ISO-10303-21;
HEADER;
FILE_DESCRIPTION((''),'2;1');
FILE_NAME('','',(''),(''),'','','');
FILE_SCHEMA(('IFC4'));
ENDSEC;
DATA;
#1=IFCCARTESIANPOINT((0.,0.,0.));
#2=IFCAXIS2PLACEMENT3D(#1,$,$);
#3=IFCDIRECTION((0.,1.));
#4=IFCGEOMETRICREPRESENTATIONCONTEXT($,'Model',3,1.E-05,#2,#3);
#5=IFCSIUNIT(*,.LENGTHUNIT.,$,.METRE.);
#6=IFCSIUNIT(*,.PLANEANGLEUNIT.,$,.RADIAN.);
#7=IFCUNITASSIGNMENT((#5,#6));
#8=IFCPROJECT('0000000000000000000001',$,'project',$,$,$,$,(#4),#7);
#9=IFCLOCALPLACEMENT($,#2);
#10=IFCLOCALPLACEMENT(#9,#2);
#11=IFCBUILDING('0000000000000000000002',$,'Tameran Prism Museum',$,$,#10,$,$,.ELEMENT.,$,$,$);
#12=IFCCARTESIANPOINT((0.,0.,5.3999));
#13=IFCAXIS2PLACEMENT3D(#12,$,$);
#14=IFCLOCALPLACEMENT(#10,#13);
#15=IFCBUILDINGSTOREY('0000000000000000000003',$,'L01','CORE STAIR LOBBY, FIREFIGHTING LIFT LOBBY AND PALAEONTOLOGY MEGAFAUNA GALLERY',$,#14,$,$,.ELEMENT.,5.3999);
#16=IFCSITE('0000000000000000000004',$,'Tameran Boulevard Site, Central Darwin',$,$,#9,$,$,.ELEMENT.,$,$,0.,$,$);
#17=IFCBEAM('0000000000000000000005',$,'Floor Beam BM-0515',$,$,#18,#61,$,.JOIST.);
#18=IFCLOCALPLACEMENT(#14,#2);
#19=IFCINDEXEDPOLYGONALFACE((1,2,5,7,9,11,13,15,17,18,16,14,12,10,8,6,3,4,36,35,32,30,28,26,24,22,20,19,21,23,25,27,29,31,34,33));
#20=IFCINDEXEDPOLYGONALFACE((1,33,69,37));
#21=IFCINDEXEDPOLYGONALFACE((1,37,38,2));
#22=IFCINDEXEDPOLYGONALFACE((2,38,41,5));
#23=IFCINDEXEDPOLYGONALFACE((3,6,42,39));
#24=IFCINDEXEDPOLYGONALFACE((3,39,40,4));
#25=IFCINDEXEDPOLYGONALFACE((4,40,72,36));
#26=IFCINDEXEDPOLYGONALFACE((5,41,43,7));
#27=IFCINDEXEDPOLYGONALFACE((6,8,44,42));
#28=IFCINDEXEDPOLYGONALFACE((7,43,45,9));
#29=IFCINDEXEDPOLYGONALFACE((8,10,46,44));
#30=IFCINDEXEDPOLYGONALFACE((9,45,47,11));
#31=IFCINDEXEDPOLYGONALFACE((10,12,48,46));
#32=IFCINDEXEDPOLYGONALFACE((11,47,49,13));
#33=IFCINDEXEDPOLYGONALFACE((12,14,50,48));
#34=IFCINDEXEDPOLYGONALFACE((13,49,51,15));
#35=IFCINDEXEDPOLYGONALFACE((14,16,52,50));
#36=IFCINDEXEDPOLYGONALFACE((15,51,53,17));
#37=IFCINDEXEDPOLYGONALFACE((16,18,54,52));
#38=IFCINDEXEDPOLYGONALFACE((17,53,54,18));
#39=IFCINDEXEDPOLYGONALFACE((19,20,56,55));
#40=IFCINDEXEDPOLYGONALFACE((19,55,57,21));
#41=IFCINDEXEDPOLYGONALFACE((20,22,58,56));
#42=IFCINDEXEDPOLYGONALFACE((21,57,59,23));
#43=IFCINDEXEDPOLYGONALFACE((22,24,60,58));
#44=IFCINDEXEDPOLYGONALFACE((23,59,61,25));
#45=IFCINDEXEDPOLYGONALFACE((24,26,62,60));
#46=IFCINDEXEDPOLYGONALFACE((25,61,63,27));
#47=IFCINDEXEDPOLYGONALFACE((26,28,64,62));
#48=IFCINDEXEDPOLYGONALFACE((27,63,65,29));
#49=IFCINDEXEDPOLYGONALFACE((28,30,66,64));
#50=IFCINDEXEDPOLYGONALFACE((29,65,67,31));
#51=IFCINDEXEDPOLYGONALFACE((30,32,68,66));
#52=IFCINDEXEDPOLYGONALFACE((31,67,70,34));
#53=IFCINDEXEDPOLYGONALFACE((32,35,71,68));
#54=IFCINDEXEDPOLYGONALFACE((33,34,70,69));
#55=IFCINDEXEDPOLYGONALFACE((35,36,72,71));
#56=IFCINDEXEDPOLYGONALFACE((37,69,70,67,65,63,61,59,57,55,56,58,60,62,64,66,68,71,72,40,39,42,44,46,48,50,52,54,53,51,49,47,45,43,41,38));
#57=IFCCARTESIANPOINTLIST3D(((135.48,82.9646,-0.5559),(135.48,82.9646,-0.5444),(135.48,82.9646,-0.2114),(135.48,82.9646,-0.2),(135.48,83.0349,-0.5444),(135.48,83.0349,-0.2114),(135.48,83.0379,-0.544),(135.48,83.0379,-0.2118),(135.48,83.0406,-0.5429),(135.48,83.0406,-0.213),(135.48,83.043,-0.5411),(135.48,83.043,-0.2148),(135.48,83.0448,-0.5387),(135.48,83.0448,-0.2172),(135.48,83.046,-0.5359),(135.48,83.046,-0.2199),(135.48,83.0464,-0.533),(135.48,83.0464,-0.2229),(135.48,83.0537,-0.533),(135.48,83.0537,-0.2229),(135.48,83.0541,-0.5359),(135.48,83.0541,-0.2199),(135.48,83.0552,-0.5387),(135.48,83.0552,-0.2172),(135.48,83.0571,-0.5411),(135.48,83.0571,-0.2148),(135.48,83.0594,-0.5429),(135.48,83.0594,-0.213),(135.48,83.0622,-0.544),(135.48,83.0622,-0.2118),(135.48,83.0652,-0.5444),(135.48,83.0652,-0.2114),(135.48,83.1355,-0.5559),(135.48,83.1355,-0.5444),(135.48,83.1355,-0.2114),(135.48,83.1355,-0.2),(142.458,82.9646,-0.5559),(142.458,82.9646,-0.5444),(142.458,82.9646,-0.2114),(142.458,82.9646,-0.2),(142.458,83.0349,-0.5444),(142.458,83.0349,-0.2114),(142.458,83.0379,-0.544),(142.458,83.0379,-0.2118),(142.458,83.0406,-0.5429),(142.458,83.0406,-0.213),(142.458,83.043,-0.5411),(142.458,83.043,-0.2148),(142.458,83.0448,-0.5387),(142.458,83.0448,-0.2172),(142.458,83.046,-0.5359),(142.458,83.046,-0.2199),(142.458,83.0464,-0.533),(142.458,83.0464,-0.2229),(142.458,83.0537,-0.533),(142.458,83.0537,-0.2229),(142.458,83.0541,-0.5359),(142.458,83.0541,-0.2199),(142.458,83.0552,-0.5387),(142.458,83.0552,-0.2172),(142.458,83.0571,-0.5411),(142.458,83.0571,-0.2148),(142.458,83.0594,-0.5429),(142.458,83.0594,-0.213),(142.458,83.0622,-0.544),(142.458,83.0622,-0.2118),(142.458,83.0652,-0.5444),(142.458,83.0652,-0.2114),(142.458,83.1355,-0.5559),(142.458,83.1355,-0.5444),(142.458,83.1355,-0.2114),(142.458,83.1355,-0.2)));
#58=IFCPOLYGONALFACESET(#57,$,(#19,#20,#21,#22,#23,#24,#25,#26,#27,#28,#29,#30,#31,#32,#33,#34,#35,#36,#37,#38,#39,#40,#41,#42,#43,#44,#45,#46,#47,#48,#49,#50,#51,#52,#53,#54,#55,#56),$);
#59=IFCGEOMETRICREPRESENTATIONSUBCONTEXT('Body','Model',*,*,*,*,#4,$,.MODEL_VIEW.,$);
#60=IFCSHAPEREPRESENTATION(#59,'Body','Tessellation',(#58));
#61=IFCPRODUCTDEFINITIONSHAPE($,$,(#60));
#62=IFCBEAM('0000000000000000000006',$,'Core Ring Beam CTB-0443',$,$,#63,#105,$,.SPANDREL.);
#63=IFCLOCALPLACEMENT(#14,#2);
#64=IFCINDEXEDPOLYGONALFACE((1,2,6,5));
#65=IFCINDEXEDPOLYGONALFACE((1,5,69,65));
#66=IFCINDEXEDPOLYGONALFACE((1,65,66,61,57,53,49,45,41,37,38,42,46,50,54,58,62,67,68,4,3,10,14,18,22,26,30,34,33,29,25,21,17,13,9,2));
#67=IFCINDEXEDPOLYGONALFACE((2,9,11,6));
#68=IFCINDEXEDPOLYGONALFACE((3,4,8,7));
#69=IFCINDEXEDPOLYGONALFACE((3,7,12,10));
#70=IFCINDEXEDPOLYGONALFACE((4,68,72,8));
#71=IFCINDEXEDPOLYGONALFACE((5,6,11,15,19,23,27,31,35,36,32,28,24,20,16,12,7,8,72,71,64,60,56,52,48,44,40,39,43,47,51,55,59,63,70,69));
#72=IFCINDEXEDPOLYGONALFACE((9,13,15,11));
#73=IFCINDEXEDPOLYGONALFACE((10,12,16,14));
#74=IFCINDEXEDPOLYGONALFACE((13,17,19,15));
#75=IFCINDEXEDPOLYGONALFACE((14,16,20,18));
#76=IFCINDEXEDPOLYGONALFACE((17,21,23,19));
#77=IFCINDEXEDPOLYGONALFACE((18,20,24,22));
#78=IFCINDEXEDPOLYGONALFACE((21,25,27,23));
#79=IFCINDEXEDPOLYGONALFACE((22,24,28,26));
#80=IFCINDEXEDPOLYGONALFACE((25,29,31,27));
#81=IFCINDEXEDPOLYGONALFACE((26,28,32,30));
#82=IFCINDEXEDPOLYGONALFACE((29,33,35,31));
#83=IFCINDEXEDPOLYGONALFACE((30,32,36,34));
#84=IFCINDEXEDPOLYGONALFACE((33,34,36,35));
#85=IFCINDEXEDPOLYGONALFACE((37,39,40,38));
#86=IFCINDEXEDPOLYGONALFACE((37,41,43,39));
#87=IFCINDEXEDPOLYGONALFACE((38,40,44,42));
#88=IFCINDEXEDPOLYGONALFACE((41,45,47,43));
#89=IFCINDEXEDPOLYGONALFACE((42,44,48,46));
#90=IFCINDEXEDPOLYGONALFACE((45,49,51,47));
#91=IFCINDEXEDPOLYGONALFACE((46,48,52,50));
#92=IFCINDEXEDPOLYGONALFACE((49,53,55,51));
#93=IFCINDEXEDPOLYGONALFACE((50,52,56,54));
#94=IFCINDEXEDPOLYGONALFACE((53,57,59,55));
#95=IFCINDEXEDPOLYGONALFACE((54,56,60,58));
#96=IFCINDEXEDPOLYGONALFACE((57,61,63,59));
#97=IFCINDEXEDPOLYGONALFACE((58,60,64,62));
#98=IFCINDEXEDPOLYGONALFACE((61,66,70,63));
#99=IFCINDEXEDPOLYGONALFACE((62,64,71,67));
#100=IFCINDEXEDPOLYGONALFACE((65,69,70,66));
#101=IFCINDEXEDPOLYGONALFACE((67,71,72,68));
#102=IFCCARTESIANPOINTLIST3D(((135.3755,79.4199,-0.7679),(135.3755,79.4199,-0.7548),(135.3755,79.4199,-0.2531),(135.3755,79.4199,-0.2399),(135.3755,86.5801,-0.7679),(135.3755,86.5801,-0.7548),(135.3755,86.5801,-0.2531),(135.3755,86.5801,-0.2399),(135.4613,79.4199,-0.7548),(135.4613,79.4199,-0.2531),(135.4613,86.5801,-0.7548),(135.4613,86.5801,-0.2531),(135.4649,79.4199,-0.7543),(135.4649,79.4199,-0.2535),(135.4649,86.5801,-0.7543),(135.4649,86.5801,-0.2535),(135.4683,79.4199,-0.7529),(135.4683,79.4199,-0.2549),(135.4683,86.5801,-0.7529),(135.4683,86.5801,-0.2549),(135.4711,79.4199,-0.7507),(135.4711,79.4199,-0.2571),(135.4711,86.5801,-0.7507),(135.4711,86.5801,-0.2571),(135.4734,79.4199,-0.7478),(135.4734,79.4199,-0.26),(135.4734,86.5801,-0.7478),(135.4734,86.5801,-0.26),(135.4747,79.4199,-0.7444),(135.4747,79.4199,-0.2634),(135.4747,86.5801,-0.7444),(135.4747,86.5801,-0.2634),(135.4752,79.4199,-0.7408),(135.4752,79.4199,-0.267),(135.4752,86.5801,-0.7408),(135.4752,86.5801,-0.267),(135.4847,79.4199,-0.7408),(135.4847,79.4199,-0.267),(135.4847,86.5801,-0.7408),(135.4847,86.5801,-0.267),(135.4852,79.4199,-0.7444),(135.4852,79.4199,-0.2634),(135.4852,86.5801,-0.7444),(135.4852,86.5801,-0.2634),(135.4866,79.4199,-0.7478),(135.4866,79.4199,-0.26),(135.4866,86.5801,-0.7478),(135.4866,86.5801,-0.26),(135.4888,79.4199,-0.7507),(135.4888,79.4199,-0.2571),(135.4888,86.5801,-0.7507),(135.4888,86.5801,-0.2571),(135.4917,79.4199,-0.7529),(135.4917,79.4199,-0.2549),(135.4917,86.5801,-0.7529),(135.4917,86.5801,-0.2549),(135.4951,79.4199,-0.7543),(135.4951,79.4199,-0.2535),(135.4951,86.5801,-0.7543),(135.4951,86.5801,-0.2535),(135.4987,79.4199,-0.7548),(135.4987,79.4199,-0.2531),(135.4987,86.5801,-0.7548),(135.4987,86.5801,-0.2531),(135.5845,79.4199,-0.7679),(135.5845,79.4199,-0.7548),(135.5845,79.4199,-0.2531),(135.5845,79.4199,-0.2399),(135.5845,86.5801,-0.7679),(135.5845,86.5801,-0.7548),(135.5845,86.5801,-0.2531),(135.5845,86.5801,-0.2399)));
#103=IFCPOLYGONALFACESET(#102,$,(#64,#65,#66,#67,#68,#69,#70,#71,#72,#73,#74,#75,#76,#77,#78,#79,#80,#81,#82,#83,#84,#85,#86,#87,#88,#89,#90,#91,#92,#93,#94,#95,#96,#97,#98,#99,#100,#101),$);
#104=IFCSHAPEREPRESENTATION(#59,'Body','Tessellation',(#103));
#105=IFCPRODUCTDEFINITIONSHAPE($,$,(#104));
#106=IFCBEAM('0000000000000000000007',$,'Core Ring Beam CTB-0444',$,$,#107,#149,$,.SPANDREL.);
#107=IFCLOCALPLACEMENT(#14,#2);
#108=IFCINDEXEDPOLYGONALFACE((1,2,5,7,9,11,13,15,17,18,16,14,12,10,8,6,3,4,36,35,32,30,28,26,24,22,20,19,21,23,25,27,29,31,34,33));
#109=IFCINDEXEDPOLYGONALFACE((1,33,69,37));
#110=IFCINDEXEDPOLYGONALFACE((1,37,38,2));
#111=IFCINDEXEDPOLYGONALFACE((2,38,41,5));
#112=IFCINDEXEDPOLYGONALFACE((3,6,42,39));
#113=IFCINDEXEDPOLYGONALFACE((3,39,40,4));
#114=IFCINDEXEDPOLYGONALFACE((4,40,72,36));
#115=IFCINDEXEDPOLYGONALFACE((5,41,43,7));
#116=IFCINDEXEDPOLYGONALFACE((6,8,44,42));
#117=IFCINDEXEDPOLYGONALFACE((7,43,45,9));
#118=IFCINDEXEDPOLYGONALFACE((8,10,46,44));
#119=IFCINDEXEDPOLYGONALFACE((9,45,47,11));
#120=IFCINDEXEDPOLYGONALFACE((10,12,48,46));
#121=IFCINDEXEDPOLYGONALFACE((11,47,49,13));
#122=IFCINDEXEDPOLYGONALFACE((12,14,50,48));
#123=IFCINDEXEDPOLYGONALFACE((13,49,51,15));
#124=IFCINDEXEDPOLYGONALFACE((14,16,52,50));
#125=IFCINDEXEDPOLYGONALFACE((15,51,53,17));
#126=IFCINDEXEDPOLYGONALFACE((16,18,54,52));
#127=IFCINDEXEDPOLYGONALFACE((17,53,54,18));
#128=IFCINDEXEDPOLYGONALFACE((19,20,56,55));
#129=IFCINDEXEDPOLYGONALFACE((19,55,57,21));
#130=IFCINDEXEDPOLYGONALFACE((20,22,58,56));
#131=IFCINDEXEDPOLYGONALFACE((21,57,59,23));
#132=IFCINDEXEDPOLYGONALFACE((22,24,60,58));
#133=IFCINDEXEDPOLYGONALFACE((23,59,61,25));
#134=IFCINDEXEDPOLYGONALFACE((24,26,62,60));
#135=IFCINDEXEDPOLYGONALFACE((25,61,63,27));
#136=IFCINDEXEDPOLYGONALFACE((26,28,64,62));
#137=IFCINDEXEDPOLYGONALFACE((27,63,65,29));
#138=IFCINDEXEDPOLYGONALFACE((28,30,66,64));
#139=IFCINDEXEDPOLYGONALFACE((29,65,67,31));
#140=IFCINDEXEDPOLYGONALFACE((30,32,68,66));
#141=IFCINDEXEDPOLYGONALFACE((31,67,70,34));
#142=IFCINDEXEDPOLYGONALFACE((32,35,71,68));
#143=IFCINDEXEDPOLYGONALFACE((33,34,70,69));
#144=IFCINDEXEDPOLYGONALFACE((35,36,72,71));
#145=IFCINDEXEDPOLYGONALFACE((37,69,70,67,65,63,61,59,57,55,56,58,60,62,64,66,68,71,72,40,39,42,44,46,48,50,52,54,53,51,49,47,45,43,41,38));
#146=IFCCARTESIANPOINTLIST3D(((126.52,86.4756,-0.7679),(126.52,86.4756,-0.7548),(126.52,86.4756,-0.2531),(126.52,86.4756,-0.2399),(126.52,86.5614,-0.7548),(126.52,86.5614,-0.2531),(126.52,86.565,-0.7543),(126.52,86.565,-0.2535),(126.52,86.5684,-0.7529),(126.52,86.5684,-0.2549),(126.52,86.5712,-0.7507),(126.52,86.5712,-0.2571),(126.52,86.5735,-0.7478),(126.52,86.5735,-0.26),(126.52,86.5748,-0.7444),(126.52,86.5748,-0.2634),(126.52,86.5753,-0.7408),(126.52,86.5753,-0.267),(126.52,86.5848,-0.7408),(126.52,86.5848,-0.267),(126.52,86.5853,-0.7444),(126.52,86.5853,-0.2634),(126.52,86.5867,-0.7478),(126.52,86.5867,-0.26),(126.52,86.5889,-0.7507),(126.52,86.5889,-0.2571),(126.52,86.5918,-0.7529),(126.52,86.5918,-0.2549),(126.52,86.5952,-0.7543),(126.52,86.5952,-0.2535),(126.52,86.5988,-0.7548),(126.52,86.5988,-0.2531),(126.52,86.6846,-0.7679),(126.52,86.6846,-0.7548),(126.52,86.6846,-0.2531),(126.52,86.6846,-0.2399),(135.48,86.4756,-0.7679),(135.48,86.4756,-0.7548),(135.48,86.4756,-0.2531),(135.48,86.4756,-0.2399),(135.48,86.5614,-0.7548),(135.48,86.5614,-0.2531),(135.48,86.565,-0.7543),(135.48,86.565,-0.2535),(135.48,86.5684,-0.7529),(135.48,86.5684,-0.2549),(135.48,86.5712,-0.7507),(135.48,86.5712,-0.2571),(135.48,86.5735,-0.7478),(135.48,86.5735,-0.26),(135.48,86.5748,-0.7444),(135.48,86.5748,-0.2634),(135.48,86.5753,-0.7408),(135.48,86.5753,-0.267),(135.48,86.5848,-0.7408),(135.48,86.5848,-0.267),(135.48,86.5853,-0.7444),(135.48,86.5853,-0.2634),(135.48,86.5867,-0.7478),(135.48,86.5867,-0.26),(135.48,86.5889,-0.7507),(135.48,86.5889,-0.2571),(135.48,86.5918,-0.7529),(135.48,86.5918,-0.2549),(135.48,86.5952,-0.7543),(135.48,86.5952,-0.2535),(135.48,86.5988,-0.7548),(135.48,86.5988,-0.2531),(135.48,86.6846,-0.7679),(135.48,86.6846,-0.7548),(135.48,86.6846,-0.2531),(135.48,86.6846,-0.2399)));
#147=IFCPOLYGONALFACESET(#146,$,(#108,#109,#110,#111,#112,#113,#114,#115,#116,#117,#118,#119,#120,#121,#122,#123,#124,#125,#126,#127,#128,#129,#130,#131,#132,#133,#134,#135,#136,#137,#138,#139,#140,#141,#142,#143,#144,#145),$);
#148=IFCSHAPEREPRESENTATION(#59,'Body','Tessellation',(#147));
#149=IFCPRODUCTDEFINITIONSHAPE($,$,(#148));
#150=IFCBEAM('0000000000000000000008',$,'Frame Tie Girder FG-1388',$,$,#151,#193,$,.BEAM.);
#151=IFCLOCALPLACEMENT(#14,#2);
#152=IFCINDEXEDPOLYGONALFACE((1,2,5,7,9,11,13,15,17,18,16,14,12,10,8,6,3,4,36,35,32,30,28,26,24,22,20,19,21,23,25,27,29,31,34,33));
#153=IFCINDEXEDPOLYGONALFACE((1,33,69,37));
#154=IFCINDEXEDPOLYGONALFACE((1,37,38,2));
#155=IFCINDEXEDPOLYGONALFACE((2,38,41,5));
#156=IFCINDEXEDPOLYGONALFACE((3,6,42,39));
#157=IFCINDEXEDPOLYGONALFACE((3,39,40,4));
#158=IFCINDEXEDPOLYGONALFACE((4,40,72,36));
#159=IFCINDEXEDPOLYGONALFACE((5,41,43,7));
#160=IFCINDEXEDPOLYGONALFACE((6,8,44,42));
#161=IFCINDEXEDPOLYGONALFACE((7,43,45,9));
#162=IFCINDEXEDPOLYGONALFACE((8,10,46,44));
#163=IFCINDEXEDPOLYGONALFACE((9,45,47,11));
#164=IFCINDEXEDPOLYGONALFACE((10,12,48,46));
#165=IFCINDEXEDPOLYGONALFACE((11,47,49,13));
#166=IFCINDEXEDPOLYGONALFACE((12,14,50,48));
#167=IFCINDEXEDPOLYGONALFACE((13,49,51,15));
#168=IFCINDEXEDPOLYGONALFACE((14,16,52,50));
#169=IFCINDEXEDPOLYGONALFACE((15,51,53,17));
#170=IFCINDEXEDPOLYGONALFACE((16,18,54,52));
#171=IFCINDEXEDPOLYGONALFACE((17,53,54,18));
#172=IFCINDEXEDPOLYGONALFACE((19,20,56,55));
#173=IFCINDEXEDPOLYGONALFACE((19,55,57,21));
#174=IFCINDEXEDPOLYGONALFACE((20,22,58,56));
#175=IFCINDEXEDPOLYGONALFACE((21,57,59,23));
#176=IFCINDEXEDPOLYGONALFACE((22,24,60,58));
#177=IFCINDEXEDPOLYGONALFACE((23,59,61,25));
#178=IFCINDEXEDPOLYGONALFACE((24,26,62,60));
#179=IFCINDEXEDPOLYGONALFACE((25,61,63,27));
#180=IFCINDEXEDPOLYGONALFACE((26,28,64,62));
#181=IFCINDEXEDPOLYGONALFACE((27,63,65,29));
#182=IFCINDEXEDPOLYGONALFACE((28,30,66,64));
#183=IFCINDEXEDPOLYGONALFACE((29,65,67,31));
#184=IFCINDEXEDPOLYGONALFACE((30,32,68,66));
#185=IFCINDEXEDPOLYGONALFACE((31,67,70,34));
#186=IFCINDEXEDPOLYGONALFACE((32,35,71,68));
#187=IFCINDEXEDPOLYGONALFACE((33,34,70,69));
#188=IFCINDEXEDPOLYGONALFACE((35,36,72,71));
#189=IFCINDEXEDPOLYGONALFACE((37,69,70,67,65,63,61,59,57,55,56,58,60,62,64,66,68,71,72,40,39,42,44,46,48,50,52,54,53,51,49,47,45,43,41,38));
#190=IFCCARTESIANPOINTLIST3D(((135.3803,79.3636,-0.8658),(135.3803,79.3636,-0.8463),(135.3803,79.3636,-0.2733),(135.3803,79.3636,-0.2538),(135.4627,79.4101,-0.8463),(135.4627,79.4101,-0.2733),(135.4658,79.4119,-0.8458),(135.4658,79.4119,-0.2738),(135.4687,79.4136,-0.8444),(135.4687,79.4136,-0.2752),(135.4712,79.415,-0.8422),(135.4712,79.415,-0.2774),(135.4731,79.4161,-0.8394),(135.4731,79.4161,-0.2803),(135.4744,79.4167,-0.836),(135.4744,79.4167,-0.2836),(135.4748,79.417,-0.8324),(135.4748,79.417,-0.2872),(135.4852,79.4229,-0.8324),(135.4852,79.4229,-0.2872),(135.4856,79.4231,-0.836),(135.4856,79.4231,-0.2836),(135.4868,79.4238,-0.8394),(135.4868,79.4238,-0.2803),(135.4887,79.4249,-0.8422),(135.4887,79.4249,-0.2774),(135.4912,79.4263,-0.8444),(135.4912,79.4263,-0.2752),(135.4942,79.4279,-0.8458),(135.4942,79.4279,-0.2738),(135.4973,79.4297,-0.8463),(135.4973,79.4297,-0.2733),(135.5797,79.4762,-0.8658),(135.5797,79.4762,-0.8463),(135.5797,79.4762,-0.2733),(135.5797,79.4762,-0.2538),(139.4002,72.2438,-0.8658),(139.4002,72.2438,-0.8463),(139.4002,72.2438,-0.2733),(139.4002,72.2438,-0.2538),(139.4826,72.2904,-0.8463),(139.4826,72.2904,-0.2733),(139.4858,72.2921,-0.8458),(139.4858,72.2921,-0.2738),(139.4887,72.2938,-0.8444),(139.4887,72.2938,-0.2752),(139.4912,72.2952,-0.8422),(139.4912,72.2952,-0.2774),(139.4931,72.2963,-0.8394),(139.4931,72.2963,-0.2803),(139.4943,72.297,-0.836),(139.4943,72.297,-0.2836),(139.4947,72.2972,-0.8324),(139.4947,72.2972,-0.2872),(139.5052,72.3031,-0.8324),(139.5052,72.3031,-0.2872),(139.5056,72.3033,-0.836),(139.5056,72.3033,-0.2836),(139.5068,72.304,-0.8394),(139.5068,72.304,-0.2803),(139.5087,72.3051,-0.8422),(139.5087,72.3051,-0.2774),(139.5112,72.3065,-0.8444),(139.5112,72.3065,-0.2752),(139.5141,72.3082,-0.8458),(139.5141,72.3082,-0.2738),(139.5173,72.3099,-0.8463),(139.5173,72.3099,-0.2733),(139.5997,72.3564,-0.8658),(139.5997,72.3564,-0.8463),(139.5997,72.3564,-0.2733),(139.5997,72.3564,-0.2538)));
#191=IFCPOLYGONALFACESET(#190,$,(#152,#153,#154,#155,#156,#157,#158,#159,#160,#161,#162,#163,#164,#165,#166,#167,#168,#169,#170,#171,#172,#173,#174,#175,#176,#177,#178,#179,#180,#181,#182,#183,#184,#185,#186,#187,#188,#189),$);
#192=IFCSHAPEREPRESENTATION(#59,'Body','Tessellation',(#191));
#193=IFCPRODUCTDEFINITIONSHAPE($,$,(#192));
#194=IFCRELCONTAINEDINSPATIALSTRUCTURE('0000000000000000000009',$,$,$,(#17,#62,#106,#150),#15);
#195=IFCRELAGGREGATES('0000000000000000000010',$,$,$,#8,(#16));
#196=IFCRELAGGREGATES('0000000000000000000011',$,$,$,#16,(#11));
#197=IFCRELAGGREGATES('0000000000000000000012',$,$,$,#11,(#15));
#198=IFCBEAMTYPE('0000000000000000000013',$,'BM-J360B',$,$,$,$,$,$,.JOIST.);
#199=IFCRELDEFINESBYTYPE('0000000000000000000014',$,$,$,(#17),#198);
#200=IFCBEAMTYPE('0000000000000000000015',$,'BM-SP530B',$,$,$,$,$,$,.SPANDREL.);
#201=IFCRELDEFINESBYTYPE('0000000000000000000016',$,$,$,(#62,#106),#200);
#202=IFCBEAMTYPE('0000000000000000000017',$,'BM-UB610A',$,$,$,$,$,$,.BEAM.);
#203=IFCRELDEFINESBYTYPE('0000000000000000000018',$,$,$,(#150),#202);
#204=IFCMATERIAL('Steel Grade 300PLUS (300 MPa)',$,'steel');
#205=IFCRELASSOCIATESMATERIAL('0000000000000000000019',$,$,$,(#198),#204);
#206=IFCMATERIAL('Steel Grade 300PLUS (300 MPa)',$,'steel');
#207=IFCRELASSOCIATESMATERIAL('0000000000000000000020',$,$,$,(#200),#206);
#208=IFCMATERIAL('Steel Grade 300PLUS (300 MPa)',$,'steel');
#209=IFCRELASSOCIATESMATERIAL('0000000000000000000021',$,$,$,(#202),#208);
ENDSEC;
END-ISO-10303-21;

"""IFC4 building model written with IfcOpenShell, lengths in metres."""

from ifc_helpers import new_model, si_unit, direction, frame, origin, origin_2d, place, context, subcontext, project, spatial, i_section, extrude, material, material_profile, profile_set, type_object, element, save


model = new_model("IFC4")

# Units and contexts
model_context = context("Model", 3, precision=1e-05, world=origin(), true_north=direction((0.0, 1.0)))
body_context = subcontext(model_context, "Body", "Model", "MODEL_VIEW")
ifc_project = project(units=[si_unit("LENGTHUNIT", "METRE"), si_unit("PLANEANGLEUNIT", "RADIAN")], contexts=[model_context])

# Site, building, storey
site_placement = place(None, origin())
site = spatial("IfcSite", under=ifc_project, at=site_placement, Name="Tameran Boulevard Site, Central Darwin", CompositionType="ELEMENT", RefElevation=0.0)
building_placement = place(site_placement, origin())
building = spatial("IfcBuilding", under=site, at=building_placement, Name="Tameran Prism Museum", CompositionType="ELEMENT")
storey_placement = place(building_placement, frame((0.0, 0.0, 5.3999)))
storey = spatial("IfcBuildingStorey", under=building, at=storey_placement, Name="L01", Description="CORE STAIR LOBBY, FIREFIGHTING LIFT LOBBY AND PALAEONTOLOGY MEGAFAUNA GALLERY", CompositionType="ELEMENT", Elevation=5.3999)

# Beams
ifc_material_1 = material(Name="Steel Grade 300PLUS (300 MPa)", Category="steel")
ifc_material_profile_1 = material_profile(ifc_material_1, i_section(OverallWidth=0.1709, OverallDepth=0.356, WebThickness=0.0073, FlangeThickness=0.0115, FilletRadius=0.0115, at=origin_2d()))
ifc_profile_set_1 = profile_set([ifc_material_profile_1])
beam_type_1 = type_object("IfcBeamType", Name="BM-J360B", PredefinedType="JOIST", material=ifc_profile_set_1)
beam_1_placement = place(storey_placement, frame((135.48, 83.05, -0.3779), z_axis=(1.0, 0.0, 0.0), x_axis=(0.0, 1.0, 0.0)))
element("IfcBeam", 1, at=beam_1_placement, inside=storey, type_object=beam_type_1, Name="Floor Beam BM-0515", PredefinedType="JOIST", context=body_context, shape_type="SweptSolid", body=[
    extrude(i_section(OverallWidth=0.1709, OverallDepth=0.356, WebThickness=0.0073, FlangeThickness=0.0115, FilletRadius=0.0115, at=origin_2d()), origin(), (0.0, 0.0, 1.0), 6.978),
])
ifc_material_2 = material(Name="Steel Grade 300PLUS (300 MPa)", Category="steel")
ifc_material_profile_2 = material_profile(ifc_material_2, i_section(OverallWidth=0.209, OverallDepth=0.5281, WebThickness=0.0095, FlangeThickness=0.0132, FilletRadius=0.0139, at=origin_2d()))
ifc_profile_set_2 = profile_set([ifc_material_profile_2])
beam_type_2 = type_object("IfcBeamType", Name="BM-SP530B", PredefinedType="SPANDREL", material=ifc_profile_set_2)
beam_2_placement = place(storey_placement, frame((135.48, 79.4199, -0.5039), z_axis=(0.0, 1.0, 0.0), x_axis=(-1.0, 0.0, 0.0)))
element("IfcBeam", 2, at=beam_2_placement, inside=storey, type_object=beam_type_2, Name="Core Ring Beam CTB-0443", PredefinedType="SPANDREL", context=body_context, shape_type="SweptSolid", body=[
    extrude(i_section(OverallWidth=0.209, OverallDepth=0.5281, WebThickness=0.0095, FlangeThickness=0.0132, FilletRadius=0.0139, at=origin_2d()), origin(), (0.0, 0.0, 1.0), 7.1602),
])
beam_3_placement = place(storey_placement, frame((135.48, 86.5801, -0.5039), z_axis=(-1.0, 0.0, 0.0), x_axis=(0.0, -1.0, 0.0)))
element("IfcBeam", 3, at=beam_3_placement, inside=storey, type_object=beam_type_2, Name="Core Ring Beam CTB-0444", PredefinedType="SPANDREL", context=body_context, shape_type="SweptSolid", body=[
    extrude(i_section(OverallWidth=0.209, OverallDepth=0.5281, WebThickness=0.0095, FlangeThickness=0.0132, FilletRadius=0.0139, at=origin_2d()), origin(), (0.0, 0.0, 1.0), 8.96),
])
ifc_material_3 = material(Name="Steel Grade 300PLUS (300 MPa)", Category="steel")
ifc_material_profile_3 = material_profile(ifc_material_3, i_section(OverallWidth=0.229, OverallDepth=0.6121, WebThickness=0.012, FlangeThickness=0.0195, FilletRadius=0.0139, at=origin_2d()))
ifc_profile_set_3 = profile_set([ifc_material_profile_3])
beam_type_3 = type_object("IfcBeamType", Name="BM-UB610A", PredefinedType="BEAM", material=ifc_profile_set_3)
beam_4_placement = place(storey_placement, frame((135.48, 79.4199, -0.5598), z_axis=(0.491663, -0.870786, 0.0), x_axis=(0.870786, 0.491663, 0.0)))
element("IfcBeam", 4, at=beam_4_placement, inside=storey, type_object=beam_type_3, Name="Frame Tie Girder FG-1388", PredefinedType="BEAM", context=body_context, shape_type="SweptSolid", body=[
    extrude(i_section(OverallWidth=0.229, OverallDepth=0.6121, WebThickness=0.012, FlangeThickness=0.0195, FilletRadius=0.0139, at=origin_2d()), origin(), (0.0, 0.0, 1.0), 8.1763),
])

save(model, "model.ifc")
